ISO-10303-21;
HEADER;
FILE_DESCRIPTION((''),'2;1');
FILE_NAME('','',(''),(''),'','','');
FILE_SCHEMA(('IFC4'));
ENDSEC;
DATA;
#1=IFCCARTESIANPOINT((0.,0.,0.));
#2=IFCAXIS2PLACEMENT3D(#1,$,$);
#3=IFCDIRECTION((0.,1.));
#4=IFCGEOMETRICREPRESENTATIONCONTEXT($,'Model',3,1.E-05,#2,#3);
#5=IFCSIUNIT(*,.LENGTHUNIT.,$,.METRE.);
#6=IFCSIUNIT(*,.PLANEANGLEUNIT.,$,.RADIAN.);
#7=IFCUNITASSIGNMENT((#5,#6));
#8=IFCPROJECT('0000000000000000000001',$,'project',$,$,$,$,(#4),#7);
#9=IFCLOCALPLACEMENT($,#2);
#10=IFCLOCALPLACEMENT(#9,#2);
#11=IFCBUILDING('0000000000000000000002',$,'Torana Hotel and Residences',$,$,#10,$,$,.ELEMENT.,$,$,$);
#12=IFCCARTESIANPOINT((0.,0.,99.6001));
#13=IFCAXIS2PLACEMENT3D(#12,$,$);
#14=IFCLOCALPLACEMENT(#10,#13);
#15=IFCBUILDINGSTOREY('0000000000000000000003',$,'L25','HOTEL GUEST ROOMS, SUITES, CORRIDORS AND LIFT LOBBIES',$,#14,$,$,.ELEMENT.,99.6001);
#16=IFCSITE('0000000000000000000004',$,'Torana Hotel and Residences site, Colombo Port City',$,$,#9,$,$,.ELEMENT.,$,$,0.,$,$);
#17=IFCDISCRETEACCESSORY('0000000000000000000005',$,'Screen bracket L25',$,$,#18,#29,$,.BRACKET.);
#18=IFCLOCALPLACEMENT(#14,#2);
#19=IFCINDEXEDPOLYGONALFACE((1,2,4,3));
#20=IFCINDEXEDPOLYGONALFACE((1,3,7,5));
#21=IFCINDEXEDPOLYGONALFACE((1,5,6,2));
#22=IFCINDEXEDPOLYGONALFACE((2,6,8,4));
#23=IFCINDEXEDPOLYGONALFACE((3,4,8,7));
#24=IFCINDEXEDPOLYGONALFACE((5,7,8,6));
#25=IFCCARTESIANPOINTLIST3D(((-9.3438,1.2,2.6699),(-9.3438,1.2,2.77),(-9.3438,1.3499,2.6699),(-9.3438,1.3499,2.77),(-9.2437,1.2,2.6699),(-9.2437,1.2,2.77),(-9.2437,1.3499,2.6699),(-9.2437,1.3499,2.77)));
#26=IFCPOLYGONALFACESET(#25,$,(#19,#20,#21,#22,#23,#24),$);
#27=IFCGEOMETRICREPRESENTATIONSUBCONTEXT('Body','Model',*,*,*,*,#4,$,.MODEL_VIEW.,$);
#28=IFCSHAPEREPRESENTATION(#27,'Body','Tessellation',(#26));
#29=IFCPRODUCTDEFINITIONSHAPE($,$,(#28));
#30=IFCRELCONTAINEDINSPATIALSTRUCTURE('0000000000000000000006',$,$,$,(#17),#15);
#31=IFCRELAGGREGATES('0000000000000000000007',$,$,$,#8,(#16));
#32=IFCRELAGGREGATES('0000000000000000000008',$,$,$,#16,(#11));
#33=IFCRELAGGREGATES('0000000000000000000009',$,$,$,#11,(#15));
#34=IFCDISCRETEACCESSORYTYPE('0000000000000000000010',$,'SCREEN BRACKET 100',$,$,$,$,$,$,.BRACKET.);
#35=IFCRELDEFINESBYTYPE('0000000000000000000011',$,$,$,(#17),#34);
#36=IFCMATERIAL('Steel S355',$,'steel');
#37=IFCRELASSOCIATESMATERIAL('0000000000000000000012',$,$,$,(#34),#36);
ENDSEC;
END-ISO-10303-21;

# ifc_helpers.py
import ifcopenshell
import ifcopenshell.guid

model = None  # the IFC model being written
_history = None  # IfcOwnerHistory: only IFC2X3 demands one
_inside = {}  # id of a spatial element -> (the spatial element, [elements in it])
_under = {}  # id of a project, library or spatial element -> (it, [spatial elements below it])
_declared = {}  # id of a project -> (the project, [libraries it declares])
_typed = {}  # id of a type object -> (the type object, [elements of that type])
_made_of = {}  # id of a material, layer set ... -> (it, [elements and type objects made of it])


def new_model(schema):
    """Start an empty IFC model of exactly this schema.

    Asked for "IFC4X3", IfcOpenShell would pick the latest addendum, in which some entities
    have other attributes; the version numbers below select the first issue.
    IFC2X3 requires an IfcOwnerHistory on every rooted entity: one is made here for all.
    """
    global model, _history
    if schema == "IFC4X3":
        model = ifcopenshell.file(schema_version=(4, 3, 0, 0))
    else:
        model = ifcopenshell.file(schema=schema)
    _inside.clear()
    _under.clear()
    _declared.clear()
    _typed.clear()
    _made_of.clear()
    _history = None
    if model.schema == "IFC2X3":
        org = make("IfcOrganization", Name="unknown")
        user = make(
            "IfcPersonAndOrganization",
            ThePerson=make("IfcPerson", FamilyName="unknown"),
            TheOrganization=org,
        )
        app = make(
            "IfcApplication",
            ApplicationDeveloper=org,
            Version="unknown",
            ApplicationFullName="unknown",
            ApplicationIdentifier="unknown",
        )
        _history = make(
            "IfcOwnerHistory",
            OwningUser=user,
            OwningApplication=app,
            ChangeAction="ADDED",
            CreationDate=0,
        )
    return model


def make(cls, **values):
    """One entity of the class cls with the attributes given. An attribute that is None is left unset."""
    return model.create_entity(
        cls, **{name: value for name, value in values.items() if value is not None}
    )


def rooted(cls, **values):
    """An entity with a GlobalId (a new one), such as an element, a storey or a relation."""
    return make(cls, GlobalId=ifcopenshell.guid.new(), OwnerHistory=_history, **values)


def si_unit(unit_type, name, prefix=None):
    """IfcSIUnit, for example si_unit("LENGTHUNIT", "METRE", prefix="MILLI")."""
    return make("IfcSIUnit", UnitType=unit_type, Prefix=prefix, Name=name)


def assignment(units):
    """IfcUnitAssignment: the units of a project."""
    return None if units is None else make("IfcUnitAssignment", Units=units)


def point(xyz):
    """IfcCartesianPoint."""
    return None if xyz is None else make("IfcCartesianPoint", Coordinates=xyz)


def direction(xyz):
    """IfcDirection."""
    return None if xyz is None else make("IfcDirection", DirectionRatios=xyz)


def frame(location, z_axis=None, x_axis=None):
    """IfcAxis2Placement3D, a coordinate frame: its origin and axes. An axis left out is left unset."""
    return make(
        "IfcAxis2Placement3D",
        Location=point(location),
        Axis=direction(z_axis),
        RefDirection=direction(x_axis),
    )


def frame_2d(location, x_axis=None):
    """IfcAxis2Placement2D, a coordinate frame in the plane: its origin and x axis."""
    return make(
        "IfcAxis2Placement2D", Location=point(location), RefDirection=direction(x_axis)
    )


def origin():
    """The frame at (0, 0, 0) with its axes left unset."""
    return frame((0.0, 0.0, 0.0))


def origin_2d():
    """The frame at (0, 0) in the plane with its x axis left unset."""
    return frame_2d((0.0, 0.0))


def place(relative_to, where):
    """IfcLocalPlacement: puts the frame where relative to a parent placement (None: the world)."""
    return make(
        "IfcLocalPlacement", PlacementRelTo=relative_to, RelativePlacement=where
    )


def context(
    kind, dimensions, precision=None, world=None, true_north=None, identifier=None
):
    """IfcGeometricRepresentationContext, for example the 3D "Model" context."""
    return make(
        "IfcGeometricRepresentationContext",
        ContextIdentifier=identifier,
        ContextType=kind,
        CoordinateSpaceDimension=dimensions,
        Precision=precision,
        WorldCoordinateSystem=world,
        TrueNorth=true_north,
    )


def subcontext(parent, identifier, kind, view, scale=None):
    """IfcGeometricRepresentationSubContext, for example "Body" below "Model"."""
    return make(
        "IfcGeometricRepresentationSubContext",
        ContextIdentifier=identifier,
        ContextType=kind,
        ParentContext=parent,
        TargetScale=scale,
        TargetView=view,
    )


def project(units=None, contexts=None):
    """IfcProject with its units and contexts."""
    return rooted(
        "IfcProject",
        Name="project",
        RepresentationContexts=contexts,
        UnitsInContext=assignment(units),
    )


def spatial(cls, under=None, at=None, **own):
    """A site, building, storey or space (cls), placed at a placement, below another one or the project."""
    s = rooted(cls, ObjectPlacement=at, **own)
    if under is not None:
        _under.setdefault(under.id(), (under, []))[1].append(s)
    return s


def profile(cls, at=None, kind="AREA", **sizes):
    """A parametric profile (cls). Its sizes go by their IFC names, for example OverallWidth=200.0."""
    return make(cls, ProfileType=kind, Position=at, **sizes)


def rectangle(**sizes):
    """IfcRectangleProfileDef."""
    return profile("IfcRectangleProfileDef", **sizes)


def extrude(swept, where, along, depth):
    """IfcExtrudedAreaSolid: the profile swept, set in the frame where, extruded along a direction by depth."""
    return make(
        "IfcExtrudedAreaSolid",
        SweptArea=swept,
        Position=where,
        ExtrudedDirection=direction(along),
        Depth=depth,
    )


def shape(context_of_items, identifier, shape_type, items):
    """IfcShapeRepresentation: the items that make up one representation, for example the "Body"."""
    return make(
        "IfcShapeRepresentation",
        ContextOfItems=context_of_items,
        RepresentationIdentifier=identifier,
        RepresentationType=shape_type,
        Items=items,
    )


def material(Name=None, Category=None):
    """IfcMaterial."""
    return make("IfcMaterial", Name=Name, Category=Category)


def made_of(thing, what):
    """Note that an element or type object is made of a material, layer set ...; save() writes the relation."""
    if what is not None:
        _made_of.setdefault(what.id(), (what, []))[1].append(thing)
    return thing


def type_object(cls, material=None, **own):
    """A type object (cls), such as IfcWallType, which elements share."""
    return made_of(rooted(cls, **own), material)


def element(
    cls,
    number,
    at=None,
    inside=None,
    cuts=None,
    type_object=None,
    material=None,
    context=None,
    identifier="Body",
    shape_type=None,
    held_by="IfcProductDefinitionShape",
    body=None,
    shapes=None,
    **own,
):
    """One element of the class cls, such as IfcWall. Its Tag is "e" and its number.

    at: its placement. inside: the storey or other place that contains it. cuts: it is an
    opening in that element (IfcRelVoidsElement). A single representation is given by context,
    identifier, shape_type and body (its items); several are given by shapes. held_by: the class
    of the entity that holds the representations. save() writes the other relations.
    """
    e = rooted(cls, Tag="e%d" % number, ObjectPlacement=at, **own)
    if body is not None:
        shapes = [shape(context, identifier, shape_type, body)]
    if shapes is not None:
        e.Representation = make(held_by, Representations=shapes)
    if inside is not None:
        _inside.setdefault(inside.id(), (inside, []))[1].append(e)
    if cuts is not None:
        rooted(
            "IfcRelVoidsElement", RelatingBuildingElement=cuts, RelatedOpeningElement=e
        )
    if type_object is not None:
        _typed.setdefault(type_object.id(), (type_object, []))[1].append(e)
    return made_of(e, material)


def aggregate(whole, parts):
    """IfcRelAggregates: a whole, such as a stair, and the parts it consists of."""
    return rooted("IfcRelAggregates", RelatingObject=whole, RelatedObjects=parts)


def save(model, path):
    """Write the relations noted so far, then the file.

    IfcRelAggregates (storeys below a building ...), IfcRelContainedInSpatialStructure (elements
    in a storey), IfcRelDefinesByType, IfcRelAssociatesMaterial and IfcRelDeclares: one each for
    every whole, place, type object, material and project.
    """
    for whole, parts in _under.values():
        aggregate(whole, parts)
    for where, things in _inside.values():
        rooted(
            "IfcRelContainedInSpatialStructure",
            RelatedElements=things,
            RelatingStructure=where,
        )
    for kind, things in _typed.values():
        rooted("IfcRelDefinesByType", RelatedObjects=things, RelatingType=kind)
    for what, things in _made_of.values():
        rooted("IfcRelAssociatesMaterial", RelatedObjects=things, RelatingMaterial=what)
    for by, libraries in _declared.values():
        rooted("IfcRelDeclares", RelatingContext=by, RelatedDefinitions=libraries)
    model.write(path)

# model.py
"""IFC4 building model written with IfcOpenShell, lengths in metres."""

from ifc_helpers import new_model, si_unit, direction, frame, origin, origin_2d, place, context, subcontext, project, spatial, rectangle, extrude, material, type_object, element, save


model = new_model("IFC4")

# Units and contexts
model_context = context("Model", 3, precision=1e-05, world=origin(), true_north=direction((0.0, 1.0)))
body_context = subcontext(model_context, "Body", "Model", "MODEL_VIEW")
ifc_project = project(units=[si_unit("LENGTHUNIT", "METRE"), si_unit("PLANEANGLEUNIT", "RADIAN")], contexts=[model_context])

# Site, building, storey
site_placement = place(None, origin())
site = spatial("IfcSite", under=ifc_project, at=site_placement, Name="Torana Hotel and Residences site, Colombo Port City", CompositionType="ELEMENT", RefElevation=0.0)
building_placement = place(site_placement, origin())
building = spatial("IfcBuilding", under=site, at=building_placement, Name="Torana Hotel and Residences", CompositionType="ELEMENT")
storey_placement = place(building_placement, frame((0.0, 0.0, 99.6001)))
storey = spatial("IfcBuildingStorey", under=building, at=storey_placement, Name="L25", Description="HOTEL GUEST ROOMS, SUITES, CORRIDORS AND LIFT LOBBIES", CompositionType="ELEMENT", Elevation=99.6001)

# Discrete accessory
ifc_material_1 = material(Name="Steel S355", Category="steel")
discrete_accessory_type = type_object("IfcDiscreteAccessoryType", Name="SCREEN BRACKET 100", PredefinedType="BRACKET", material=ifc_material_1)
for number, where, z_axis, x_axis, name in (
    (1, (-9.2937, 1.2749, 2.6699), (0.0, 0.0, 1.0), (-1.0, 0.0, 0.0), "Screen bracket L25"),
):
    element("IfcDiscreteAccessory", number, at=place(storey_placement, frame(where, z_axis=z_axis, x_axis=x_axis)), inside=storey, type_object=discrete_accessory_type, Name=name, PredefinedType="BRACKET", context=body_context, shape_type="SweptSolid", body=[
        extrude(rectangle(XDim=0.1001, YDim=0.1499, at=origin_2d()), origin(), (0.0, 0.0, 1.0), 0.1001),
    ])

save(model, "model.ifc")
